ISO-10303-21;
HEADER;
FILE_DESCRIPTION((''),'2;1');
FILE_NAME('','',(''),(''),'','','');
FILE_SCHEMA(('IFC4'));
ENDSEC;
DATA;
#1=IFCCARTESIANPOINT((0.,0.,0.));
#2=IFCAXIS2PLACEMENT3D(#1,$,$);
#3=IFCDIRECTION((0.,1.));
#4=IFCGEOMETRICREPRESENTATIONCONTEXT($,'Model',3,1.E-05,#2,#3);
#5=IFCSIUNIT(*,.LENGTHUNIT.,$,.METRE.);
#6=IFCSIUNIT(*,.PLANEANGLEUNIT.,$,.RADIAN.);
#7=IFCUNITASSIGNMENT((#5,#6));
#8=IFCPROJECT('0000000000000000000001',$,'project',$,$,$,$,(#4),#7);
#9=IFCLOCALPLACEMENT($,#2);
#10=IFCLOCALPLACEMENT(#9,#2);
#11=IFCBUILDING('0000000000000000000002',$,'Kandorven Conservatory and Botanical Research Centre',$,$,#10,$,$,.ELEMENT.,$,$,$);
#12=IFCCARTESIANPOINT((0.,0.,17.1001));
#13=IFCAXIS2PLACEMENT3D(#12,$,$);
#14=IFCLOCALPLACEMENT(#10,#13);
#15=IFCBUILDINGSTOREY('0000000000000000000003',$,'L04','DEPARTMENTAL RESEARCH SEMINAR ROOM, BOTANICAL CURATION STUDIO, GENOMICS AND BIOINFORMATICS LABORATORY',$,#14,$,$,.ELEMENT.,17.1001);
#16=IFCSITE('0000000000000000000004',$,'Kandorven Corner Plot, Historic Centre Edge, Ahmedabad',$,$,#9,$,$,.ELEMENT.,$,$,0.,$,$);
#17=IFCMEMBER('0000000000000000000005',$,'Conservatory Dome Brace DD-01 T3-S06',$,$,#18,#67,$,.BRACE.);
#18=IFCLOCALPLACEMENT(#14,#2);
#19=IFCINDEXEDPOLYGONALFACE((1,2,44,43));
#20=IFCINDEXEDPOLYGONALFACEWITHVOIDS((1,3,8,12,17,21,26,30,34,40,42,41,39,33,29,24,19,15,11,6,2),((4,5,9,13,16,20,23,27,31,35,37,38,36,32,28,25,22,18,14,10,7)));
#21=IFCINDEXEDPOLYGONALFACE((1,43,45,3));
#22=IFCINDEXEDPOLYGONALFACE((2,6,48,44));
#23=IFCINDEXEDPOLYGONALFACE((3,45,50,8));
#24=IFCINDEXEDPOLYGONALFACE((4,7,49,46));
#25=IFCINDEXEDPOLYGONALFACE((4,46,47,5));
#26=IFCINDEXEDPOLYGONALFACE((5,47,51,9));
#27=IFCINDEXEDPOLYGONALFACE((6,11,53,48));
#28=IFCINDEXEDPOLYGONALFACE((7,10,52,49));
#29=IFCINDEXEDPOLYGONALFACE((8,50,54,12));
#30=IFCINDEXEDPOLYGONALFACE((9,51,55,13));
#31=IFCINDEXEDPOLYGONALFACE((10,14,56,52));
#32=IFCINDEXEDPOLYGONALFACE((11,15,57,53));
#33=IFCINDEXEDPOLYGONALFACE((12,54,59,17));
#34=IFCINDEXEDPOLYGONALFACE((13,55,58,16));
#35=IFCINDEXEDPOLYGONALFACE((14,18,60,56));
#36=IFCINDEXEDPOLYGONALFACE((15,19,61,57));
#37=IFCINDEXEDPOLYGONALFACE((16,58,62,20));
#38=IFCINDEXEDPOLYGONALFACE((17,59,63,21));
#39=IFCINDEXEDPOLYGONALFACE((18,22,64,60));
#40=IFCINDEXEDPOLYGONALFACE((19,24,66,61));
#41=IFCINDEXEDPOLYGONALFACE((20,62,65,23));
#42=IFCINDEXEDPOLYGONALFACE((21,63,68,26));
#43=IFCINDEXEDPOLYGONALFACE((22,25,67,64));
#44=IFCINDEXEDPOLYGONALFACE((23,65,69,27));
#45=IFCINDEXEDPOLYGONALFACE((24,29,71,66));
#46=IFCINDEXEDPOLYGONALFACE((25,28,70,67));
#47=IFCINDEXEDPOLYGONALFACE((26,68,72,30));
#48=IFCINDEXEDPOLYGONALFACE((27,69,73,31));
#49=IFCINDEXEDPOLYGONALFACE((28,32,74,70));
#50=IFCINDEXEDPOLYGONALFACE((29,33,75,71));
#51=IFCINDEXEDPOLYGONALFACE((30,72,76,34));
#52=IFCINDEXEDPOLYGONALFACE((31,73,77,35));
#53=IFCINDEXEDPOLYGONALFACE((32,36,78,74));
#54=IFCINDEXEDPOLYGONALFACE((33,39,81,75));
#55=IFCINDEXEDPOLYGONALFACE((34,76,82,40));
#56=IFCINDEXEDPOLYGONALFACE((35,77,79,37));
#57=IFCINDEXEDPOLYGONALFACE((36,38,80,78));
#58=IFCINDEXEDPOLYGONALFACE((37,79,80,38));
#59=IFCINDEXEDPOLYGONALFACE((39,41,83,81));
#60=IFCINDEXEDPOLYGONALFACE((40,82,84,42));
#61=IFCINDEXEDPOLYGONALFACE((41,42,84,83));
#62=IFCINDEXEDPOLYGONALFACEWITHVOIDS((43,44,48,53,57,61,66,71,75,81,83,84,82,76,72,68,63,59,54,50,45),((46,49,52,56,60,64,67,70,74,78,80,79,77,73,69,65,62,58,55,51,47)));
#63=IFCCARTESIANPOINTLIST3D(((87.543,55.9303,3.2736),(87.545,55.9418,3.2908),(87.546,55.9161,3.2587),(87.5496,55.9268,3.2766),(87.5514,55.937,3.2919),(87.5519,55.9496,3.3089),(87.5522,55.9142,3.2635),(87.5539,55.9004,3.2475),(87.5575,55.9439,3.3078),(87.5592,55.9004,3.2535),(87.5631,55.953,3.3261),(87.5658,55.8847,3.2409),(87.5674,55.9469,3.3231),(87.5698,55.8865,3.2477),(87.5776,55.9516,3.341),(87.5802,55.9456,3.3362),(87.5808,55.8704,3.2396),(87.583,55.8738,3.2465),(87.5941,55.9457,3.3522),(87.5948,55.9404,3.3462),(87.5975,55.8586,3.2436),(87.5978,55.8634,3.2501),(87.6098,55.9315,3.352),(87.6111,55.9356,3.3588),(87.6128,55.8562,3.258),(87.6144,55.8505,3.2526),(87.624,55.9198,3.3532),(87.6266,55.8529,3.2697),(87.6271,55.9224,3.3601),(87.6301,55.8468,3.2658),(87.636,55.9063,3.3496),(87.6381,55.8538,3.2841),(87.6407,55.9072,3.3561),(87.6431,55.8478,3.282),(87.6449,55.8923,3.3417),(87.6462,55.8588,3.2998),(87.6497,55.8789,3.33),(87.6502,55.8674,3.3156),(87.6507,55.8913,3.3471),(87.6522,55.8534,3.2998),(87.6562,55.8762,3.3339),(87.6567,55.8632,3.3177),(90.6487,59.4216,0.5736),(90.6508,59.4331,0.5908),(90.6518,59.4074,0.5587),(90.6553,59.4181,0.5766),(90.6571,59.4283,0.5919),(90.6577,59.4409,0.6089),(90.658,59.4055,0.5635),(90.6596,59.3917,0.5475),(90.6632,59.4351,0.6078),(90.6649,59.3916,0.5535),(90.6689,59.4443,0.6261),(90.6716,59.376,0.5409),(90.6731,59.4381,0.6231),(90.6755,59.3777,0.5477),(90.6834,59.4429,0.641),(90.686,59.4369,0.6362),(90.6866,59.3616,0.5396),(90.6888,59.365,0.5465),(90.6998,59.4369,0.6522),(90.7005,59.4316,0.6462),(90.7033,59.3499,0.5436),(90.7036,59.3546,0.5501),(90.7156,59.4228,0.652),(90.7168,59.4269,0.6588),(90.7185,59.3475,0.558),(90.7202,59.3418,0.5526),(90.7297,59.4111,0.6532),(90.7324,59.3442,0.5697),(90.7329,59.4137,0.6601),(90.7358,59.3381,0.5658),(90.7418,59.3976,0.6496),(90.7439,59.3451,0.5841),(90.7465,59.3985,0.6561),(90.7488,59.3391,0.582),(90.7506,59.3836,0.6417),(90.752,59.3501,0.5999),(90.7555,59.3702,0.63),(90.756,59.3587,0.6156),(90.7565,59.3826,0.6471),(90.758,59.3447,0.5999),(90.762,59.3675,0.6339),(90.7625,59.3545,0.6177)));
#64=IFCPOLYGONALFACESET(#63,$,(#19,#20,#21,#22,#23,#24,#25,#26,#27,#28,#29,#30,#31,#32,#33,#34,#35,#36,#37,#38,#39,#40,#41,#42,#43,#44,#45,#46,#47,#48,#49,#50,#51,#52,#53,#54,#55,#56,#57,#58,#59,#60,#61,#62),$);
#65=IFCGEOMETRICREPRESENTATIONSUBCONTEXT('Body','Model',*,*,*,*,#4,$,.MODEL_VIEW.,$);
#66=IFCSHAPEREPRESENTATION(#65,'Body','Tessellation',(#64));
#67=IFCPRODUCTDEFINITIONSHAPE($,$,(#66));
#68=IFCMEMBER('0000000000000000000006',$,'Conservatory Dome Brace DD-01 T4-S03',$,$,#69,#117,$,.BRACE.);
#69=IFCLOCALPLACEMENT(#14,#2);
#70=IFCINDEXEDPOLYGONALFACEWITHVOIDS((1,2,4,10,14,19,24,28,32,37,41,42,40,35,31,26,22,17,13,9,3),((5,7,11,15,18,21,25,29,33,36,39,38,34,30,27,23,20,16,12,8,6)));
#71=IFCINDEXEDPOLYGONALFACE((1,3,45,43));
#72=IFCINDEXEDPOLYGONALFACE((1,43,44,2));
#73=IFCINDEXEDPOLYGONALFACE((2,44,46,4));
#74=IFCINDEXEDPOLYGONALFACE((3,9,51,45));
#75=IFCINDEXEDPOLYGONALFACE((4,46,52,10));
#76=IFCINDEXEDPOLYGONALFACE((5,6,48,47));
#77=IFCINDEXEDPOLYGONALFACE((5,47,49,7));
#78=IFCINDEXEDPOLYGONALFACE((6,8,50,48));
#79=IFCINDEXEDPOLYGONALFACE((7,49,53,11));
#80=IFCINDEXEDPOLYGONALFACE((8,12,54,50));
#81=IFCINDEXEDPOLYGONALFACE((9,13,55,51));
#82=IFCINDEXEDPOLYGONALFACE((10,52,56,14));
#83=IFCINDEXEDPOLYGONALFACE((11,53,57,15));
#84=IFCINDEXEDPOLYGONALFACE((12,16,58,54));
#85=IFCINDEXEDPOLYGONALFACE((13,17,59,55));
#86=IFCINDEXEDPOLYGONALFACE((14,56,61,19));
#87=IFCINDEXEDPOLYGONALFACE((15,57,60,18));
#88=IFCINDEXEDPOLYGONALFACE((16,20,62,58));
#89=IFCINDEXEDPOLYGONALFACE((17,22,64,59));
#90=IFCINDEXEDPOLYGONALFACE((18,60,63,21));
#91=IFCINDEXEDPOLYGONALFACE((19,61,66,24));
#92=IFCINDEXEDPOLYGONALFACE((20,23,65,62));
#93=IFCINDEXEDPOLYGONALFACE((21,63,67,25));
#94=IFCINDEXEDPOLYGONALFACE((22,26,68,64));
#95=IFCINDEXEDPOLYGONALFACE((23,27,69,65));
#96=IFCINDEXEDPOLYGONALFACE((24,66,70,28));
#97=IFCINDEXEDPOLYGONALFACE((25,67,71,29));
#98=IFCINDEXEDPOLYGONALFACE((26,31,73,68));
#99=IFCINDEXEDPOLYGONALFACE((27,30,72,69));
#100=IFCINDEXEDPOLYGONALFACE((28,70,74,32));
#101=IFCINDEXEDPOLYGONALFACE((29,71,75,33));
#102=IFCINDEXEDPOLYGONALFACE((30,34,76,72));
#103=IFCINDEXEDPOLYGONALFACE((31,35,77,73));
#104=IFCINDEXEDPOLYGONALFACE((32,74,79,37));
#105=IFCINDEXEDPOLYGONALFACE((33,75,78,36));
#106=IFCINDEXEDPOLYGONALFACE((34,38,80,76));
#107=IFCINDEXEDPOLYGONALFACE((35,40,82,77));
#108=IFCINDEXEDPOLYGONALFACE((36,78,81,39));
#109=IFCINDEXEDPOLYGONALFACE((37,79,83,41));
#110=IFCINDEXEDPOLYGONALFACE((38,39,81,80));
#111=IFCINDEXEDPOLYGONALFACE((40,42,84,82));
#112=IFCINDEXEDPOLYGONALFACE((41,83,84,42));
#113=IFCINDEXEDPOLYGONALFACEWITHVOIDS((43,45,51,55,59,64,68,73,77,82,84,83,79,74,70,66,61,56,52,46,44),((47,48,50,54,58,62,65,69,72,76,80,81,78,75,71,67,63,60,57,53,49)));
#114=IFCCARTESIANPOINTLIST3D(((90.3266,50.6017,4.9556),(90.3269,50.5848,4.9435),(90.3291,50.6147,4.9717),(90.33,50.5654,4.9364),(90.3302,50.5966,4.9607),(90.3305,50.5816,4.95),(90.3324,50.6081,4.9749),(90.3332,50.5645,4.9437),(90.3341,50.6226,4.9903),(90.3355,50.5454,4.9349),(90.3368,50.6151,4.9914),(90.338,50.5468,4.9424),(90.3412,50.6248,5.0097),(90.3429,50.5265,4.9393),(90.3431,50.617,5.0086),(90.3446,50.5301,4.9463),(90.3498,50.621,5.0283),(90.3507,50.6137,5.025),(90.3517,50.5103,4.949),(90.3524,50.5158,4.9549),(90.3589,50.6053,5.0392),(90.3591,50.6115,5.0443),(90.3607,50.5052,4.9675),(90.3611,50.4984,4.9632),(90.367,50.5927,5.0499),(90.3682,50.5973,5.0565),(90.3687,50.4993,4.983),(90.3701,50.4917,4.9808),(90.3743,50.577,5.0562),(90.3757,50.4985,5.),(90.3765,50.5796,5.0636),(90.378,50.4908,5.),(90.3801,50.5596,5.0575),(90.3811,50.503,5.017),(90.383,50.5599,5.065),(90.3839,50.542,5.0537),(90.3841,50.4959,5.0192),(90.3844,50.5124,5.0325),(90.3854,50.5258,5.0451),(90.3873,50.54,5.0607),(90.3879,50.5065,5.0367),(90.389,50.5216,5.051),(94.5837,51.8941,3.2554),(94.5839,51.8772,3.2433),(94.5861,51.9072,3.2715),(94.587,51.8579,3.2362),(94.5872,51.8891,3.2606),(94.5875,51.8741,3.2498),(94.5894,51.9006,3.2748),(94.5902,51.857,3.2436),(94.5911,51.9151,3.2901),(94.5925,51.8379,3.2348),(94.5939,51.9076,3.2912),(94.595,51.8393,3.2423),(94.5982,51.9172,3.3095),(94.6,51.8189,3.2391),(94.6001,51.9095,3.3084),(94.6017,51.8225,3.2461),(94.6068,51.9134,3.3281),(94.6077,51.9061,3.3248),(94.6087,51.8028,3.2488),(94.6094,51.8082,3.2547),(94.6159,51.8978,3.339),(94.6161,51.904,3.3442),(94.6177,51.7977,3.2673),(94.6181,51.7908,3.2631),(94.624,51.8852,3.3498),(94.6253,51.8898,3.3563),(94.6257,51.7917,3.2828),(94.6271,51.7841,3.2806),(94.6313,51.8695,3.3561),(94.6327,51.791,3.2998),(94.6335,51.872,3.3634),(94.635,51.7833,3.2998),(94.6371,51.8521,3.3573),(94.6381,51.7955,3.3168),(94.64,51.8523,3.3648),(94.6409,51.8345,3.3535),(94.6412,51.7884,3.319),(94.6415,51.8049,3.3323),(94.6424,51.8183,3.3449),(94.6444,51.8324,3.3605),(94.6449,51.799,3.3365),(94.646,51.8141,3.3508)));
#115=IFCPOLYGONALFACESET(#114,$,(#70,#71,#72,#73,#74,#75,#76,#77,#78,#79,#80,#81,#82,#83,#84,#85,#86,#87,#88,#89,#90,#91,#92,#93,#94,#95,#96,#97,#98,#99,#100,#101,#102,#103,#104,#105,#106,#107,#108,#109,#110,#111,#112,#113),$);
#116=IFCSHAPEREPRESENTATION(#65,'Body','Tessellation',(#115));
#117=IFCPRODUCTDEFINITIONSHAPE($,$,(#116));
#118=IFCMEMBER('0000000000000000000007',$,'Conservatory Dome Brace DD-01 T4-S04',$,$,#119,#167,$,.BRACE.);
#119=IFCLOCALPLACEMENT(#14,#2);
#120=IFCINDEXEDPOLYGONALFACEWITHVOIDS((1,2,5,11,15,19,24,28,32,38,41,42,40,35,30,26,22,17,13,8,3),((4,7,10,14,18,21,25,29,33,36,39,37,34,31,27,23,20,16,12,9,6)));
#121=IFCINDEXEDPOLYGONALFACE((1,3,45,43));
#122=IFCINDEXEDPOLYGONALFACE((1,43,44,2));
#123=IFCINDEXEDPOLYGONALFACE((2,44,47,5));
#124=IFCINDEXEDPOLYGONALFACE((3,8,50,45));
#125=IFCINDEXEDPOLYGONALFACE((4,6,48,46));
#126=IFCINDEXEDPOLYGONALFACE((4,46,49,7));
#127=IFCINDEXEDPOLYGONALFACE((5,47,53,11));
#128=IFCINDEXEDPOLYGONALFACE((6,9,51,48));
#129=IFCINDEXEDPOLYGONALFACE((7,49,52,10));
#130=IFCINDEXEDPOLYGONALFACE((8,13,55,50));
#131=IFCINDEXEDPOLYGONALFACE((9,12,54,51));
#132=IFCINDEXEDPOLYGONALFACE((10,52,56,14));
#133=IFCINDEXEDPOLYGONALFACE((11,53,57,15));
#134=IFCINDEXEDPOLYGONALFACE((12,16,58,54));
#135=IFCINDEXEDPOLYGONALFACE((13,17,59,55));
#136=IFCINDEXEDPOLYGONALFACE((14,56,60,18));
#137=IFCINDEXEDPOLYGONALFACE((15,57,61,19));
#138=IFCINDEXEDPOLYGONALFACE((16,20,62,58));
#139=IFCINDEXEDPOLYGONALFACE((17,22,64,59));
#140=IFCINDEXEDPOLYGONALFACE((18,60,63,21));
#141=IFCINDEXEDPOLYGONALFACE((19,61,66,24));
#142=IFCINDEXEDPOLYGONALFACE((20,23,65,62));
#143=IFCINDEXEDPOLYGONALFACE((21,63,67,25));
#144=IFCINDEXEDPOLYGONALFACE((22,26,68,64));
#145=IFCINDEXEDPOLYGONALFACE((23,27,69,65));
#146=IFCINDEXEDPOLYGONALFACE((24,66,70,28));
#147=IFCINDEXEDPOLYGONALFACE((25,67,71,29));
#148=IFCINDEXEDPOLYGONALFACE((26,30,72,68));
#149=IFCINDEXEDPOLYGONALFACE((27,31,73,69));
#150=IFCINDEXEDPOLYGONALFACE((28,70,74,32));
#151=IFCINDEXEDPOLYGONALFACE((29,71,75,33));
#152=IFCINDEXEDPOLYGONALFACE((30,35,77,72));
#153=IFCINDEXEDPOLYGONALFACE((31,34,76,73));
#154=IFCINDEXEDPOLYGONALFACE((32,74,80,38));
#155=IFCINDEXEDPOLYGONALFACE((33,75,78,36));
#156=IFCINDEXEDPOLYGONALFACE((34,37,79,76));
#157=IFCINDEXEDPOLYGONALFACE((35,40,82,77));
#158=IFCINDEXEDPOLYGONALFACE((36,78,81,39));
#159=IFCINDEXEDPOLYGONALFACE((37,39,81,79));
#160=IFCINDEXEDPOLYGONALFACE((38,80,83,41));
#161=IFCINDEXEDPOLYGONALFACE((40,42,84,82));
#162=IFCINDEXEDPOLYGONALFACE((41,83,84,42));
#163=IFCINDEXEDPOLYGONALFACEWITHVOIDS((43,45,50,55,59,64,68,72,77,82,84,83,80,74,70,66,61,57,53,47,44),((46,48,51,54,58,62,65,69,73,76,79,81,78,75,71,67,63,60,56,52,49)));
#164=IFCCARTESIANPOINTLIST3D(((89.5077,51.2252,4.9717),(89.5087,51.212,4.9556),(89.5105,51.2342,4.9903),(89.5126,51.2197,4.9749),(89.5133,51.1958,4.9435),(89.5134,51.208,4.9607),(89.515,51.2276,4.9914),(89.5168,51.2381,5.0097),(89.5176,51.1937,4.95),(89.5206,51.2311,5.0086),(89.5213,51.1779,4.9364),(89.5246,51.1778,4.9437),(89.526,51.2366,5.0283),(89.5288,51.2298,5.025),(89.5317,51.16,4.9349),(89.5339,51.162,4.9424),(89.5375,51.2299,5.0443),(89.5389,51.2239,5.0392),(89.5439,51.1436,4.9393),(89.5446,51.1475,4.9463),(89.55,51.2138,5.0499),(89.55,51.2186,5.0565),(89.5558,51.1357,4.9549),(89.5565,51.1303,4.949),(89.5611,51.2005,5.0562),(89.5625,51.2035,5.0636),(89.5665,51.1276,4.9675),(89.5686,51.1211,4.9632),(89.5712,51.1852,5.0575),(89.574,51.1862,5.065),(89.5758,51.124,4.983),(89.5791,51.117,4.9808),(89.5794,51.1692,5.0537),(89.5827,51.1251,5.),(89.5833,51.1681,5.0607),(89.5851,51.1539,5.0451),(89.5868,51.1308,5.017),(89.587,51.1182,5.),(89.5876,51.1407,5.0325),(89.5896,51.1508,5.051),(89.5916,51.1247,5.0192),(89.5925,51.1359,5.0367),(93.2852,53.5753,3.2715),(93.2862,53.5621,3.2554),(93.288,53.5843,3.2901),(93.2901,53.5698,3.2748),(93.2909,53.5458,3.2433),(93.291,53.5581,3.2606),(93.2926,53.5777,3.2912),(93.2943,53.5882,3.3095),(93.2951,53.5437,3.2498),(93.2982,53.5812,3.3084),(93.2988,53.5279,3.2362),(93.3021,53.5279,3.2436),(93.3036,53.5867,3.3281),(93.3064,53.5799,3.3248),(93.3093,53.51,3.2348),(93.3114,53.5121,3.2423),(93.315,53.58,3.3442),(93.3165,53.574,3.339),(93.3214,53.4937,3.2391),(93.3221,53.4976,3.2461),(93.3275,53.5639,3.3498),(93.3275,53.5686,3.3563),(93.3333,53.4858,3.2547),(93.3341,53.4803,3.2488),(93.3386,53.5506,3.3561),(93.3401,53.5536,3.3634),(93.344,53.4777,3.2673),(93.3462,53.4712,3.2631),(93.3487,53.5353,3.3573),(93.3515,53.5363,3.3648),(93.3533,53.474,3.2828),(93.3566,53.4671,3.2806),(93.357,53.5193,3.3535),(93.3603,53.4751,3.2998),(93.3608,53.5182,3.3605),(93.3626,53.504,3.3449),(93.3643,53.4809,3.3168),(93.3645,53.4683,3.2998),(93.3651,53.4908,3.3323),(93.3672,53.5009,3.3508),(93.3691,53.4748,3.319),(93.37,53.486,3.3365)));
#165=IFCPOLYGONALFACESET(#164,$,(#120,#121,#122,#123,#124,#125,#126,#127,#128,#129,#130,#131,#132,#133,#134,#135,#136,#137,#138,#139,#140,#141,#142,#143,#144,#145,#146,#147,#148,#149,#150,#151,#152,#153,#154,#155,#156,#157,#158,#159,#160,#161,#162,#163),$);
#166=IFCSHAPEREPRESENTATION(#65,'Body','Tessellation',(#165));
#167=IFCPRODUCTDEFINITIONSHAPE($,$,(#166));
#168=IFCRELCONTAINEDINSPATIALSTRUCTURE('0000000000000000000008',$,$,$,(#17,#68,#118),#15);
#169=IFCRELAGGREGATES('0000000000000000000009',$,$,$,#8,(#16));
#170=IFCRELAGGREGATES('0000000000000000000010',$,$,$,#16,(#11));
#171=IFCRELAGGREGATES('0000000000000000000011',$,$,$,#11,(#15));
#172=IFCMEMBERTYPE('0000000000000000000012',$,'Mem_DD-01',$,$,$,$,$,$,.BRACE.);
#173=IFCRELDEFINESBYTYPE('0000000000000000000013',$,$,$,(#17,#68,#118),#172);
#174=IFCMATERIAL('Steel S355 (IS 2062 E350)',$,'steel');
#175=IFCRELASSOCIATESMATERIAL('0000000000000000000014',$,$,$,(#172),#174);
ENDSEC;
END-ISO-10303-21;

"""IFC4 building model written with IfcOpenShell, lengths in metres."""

from ifc_helpers import new_model, si_unit, direction, frame, origin, origin_2d, place, context, subcontext, project, spatial, hollow_circle, extrude, material, material_profile, profile_set, type_object, element, save


model = new_model("IFC4")

# Units and contexts
model_context = context("Model", 3, precision=1e-05, world=origin(), true_north=direction((0.0, 1.0)))
body_context = subcontext(model_context, "Body", "Model", "MODEL_VIEW")
ifc_project = project(units=[si_unit("LENGTHUNIT", "METRE"), si_unit("PLANEANGLEUNIT", "RADIAN")], contexts=[model_context])

# Site, building, storey
site_placement = place(None, origin())
site = spatial("IfcSite", under=ifc_project, at=site_placement, Name="Kandorven Corner Plot, Historic Centre Edge, Ahmedabad", CompositionType="ELEMENT", RefElevation=0.0)
building_placement = place(site_placement, origin())
building = spatial("IfcBuilding", under=site, at=building_placement, Name="Kandorven Conservatory and Botanical Research Centre", CompositionType="ELEMENT")
storey_placement = place(building_placement, frame((0.0, 0.0, 17.1001)))
storey = spatial("IfcBuildingStorey", under=building, at=storey_placement, Name="L04", Description="DEPARTMENTAL RESEARCH SEMINAR ROOM, BOTANICAL CURATION STUDIO, GENOMICS AND BIOINFORMATICS LABORATORY", CompositionType="ELEMENT", Elevation=17.1001)

# Members
ifc_material_1 = material(Name="Steel S355 (IS 2062 E350)", Category="steel")
ifc_material_profile_1 = material_profile(ifc_material_1, hollow_circle(Radius=0.0698, WallThickness=0.0081, at=origin_2d()))
ifc_profile_set_1 = profile_set([ifc_material_profile_1], Name="Steel S355 (IS 2062 E350)")
member_type_1 = type_object("IfcMemberType", Name="Mem_DD-01", PredefinedType="BRACE", material=ifc_profile_set_1)
for number, where, z_axis, x_axis, name in (
    (1, (90.7058, 59.3911, 0.5999), (-0.57549, -0.646923, 0.500302), (0.747153, -0.664652, 0.0), "Conservatory Dome Brace DD-01 T3-S06"),
):
    element("IfcMember", number, at=place(storey_placement, frame(where, z_axis=z_axis, x_axis=x_axis)), inside=storey, type_object=member_type_1, Name=name, PredefinedType="BRACE", context=body_context, shape_type="SweptSolid", body=[
        extrude(hollow_circle(Radius=0.0698, WallThickness=0.0081, at=origin_2d()), origin(), (0.0, 0.0, 1.0), 5.3967),
    ])
for number, where, z_axis, x_axis, name in (
    (2, (94.6147, 51.8501, 3.2998), (-0.893826, -0.271372, 0.356977), (0.290513, -0.956871, 0.0), "Conservatory Dome Brace DD-01 T4-S03"),
    (3, (93.3276, 53.5276, 3.2998), (-0.793153, -0.493433, 0.356978), (0.528237, -0.849097, 0.0), "Conservatory Dome Brace DD-01 T4-S04"),
):
    element("IfcMember", number, at=place(storey_placement, frame(where, z_axis=z_axis, x_axis=x_axis)), inside=storey, type_object=member_type_1, Name=name, PredefinedType="BRACE", context=body_context, shape_type="SweptSolid", body=[
        extrude(hollow_circle(Radius=0.0698, WallThickness=0.0081, at=origin_2d()), origin(), (0.0, 0.0, 1.0), 4.7627),
    ])

save(model, "model.ifc")
